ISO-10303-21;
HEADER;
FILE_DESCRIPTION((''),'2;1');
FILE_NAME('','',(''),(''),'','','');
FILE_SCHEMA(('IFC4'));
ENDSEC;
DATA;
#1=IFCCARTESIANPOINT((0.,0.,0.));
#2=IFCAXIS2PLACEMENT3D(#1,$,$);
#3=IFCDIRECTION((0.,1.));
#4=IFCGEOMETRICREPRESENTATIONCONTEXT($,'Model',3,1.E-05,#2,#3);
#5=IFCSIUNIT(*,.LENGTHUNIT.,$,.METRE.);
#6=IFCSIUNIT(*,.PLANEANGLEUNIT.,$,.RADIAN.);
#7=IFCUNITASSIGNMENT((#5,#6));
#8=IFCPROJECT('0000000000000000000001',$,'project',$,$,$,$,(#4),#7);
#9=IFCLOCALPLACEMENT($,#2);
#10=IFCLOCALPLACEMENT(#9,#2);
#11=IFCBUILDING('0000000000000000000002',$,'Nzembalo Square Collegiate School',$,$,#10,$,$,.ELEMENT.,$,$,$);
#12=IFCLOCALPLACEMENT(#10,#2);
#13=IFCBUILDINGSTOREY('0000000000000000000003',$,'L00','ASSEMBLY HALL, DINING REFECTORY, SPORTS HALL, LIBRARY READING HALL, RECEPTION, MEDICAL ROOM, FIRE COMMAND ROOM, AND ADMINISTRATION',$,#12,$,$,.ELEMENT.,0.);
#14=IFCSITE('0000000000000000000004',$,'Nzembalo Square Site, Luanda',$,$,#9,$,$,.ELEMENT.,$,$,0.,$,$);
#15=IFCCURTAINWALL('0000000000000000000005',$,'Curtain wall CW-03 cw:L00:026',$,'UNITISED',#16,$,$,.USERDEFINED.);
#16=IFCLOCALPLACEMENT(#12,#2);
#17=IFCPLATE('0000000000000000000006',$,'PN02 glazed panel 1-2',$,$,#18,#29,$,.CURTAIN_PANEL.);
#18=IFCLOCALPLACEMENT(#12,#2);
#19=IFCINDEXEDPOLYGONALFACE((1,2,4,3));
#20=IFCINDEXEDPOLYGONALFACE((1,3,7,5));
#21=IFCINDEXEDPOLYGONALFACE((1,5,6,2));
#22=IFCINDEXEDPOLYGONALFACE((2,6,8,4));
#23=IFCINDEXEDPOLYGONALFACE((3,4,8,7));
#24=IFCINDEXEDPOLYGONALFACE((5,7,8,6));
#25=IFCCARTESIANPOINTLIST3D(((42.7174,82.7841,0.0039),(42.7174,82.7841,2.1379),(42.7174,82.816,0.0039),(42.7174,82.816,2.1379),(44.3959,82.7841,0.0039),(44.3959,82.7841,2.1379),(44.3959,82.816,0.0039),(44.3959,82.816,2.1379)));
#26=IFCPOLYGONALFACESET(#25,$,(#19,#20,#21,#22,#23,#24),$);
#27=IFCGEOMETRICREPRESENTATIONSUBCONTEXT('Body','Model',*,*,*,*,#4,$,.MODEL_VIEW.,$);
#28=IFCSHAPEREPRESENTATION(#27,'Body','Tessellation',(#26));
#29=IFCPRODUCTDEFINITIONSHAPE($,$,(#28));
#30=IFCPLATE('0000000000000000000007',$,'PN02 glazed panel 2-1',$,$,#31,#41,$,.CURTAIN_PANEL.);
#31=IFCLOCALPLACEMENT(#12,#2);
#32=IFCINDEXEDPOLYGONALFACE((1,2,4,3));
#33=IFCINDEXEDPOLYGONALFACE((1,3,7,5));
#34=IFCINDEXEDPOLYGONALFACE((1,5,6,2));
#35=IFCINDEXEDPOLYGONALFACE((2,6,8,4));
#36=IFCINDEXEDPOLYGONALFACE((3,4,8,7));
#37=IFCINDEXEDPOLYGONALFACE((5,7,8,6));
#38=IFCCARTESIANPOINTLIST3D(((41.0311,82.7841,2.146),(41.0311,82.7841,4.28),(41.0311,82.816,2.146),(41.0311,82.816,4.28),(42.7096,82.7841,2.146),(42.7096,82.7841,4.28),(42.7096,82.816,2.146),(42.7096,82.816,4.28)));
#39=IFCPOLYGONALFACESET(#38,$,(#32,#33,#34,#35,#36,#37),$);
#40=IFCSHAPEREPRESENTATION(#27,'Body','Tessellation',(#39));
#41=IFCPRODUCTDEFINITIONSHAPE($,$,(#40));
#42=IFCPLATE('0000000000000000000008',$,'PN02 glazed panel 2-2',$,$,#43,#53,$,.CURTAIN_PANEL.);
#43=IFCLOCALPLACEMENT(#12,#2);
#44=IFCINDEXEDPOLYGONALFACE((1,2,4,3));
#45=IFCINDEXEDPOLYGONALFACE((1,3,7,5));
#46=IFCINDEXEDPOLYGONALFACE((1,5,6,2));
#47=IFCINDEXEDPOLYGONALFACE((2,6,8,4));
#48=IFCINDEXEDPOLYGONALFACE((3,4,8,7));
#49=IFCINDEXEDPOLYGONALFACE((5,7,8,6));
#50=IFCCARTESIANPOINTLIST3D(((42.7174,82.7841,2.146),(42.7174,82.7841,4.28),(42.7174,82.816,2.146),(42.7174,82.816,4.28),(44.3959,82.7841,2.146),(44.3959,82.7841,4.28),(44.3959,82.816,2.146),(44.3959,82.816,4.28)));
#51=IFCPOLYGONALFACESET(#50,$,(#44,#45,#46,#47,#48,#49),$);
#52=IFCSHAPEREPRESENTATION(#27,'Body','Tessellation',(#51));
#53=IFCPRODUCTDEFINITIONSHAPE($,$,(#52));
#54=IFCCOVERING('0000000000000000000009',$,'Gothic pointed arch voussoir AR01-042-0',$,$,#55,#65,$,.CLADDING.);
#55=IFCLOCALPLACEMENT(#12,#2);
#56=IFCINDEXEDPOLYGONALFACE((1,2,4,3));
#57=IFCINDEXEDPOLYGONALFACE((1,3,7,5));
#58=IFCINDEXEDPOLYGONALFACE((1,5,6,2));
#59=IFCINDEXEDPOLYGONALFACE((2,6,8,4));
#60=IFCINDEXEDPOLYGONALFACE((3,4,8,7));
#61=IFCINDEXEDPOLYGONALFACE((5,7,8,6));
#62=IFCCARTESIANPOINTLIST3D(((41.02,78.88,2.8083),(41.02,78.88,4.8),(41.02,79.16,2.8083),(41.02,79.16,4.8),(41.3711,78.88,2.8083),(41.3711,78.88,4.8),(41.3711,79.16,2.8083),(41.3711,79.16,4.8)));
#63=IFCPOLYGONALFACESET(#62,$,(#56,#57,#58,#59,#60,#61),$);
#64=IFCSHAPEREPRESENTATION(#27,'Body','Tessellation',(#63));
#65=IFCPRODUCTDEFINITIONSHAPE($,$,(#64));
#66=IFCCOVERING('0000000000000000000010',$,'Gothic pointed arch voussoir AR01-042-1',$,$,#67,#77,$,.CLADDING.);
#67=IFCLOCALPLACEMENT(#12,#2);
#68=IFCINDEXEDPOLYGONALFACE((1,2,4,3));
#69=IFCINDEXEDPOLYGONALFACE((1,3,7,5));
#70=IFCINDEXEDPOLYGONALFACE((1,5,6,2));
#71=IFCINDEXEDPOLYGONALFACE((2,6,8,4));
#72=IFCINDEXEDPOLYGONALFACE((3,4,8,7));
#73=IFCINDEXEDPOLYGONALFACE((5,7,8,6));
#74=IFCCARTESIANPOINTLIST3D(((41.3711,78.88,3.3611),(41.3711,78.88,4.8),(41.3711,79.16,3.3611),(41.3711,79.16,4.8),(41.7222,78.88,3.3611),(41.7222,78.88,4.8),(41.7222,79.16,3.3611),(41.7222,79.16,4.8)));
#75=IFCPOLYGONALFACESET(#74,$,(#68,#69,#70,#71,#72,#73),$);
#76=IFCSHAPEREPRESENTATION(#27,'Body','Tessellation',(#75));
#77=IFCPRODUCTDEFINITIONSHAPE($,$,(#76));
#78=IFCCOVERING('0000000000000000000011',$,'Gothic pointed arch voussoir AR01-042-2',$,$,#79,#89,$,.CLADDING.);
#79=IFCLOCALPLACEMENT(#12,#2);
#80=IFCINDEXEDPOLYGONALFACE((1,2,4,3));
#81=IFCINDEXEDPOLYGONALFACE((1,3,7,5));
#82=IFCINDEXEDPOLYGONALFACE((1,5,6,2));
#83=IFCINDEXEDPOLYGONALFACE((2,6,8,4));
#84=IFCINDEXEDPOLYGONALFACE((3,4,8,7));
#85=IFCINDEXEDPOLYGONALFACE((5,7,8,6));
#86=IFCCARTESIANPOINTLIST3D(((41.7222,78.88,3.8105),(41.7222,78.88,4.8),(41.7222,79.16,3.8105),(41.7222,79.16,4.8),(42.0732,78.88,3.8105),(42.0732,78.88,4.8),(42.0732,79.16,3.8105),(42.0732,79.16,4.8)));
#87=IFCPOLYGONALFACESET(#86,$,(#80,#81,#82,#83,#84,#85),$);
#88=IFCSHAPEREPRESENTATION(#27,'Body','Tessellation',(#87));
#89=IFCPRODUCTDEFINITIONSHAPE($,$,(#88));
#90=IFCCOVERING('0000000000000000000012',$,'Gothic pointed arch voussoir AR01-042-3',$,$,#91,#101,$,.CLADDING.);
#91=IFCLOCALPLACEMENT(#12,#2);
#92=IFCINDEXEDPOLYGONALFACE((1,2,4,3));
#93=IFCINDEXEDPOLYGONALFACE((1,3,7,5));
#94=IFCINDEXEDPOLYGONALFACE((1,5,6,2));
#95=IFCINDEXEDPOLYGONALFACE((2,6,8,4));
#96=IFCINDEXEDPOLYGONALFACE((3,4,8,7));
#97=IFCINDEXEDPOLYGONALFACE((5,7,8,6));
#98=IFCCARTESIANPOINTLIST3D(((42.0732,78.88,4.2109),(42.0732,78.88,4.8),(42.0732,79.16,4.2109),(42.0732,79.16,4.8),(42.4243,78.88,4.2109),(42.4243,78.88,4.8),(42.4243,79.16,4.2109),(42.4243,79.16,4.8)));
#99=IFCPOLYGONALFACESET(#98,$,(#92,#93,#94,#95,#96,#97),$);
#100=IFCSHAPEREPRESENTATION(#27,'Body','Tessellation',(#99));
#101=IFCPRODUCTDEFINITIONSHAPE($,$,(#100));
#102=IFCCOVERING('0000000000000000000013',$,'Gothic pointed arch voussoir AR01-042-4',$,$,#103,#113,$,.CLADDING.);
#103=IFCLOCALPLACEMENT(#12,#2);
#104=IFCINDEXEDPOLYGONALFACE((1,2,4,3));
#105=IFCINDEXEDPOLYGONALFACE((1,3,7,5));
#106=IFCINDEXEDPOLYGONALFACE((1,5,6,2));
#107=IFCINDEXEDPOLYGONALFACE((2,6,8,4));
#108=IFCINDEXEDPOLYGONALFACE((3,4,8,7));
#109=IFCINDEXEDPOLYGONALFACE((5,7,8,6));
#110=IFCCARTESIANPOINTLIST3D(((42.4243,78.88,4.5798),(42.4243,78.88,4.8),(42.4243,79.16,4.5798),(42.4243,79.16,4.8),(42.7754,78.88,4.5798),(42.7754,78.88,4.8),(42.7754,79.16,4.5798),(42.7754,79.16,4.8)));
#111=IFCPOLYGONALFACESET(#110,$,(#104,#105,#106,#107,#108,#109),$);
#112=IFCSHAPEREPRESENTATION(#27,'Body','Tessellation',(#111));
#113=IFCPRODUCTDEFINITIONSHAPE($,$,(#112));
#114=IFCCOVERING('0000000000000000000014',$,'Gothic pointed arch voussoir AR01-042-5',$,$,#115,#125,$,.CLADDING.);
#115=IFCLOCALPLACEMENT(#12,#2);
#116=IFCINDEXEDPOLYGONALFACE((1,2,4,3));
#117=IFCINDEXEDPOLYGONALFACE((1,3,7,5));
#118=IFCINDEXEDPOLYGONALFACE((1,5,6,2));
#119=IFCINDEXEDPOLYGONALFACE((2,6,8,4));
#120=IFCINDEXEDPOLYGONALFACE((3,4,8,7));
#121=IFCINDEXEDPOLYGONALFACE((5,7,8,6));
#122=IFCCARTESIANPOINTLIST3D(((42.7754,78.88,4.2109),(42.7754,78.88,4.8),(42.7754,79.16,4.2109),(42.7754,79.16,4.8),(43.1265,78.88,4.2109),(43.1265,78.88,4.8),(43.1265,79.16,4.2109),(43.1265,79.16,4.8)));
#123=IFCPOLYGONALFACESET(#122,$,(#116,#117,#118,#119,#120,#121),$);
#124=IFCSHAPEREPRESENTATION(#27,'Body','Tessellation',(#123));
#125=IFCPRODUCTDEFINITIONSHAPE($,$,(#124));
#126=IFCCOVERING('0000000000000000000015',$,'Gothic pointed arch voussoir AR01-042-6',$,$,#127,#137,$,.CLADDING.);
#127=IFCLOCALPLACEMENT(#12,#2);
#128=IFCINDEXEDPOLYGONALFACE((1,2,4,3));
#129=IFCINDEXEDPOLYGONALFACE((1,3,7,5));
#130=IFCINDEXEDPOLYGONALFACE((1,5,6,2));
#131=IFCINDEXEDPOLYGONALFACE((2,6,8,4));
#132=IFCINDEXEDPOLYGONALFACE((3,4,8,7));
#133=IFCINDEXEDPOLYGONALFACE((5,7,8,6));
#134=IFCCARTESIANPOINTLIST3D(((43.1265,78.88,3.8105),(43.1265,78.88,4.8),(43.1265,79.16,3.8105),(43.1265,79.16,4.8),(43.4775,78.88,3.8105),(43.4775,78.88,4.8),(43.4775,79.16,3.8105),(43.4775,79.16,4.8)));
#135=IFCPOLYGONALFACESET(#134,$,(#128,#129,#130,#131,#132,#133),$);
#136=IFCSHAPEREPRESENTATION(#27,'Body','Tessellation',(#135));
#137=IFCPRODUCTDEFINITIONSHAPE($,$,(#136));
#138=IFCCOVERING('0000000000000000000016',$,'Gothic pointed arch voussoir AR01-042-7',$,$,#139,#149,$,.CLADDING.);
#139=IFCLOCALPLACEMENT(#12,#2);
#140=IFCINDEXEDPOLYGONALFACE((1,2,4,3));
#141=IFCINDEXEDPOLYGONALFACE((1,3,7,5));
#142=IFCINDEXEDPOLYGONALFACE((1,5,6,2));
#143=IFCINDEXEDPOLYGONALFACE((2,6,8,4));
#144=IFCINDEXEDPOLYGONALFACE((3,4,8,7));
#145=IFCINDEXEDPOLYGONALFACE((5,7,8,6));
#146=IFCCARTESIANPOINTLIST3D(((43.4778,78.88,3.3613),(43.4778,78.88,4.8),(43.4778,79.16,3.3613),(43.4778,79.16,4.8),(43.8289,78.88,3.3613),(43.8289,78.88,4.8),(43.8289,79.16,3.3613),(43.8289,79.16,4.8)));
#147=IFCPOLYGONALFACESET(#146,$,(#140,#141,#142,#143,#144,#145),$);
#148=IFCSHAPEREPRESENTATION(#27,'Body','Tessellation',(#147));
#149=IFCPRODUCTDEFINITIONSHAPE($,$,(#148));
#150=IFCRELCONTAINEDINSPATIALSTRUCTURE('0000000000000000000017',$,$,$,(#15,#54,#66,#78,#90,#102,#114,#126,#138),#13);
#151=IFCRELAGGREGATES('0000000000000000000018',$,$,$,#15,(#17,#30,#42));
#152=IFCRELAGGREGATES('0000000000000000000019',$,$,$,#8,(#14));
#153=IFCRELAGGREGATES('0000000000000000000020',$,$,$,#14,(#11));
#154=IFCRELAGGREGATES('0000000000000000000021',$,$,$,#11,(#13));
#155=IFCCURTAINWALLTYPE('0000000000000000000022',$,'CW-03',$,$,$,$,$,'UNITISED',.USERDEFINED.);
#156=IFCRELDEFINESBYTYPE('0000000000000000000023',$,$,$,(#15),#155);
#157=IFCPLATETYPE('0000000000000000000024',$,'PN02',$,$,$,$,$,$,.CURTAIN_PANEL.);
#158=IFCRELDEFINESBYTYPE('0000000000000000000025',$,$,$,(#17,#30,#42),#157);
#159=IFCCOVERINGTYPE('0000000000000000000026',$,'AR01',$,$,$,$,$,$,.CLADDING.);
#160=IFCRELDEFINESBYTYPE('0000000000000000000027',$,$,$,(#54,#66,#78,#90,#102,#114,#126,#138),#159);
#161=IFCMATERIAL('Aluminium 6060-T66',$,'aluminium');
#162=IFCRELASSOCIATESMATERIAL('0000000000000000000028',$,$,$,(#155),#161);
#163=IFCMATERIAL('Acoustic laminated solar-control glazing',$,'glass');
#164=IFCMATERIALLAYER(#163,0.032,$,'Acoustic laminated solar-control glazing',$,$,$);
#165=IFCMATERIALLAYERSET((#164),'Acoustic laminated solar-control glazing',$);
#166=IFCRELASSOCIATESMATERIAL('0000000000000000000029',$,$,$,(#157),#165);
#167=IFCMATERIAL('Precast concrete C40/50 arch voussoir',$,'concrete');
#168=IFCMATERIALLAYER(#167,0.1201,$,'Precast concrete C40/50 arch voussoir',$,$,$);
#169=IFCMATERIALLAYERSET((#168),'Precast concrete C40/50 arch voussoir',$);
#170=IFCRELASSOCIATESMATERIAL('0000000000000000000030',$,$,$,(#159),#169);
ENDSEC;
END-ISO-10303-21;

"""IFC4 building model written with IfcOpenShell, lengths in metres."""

from ifc_helpers import new_model, si_unit, direction, frame, origin, origin_2d, place, context, subcontext, project, spatial, rectangle, extrude, material, layer, layer_set, type_object, element, aggregate, save


model = new_model("IFC4")

# Units and contexts
model_context = context("Model", 3, precision=1e-05, world=origin(), true_north=direction((0.0, 1.0)))
body_context = subcontext(model_context, "Body", "Model", "MODEL_VIEW")
ifc_project = project(units=[si_unit("LENGTHUNIT", "METRE"), si_unit("PLANEANGLEUNIT", "RADIAN")], contexts=[model_context])

# Site, building, storey
site_placement = place(None, origin())
site = spatial("IfcSite", under=ifc_project, at=site_placement, Name="Nzembalo Square Site, Luanda", CompositionType="ELEMENT", RefElevation=0.0)
building_placement = place(site_placement, origin())
building = spatial("IfcBuilding", under=site, at=building_placement, Name="Nzembalo Square Collegiate School", CompositionType="ELEMENT")
storey_placement = place(building_placement, origin())
storey = spatial("IfcBuildingStorey", under=building, at=storey_placement, Name="L00", Description="ASSEMBLY HALL, DINING REFECTORY, SPORTS HALL, LIBRARY READING HALL, RECEPTION, MEDICAL ROOM, FIRE COMMAND ROOM, AND ADMINISTRATION", CompositionType="ELEMENT", Elevation=0.0)

# Curtain wall, plates
ifc_material_1 = material(Name="Aluminium 6060-T66", Category="aluminium")
curtain_wall_type = type_object("IfcCurtainWallType", Name="CW-03", ElementType="UNITISED", PredefinedType="USERDEFINED", material=ifc_material_1)
curtain_wall_placement = place(storey_placement, origin())
curtain_wall = element("IfcCurtainWall", 1, at=curtain_wall_placement, inside=storey, type_object=curtain_wall_type, Name="Curtain wall CW-03 cw:L00:026", ObjectType="UNITISED", PredefinedType="USERDEFINED")
ifc_material_2 = material(Name="Acoustic laminated solar-control glazing", Category="glass")
ifc_layer_1 = layer(ifc_material_2, 0.032, Name="Acoustic laminated solar-control glazing")
ifc_layer_set_1 = layer_set([ifc_layer_1], Name="Acoustic laminated solar-control glazing")
plate_type = type_object("IfcPlateType", Name="PN02", PredefinedType="CURTAIN_PANEL", material=ifc_layer_set_1)
plate_1_placement = place(storey_placement, frame((43.5566, 82.8, 0.0039), z_axis=(0.0, 0.0, 1.0), x_axis=(1.0, 0.0, 0.0)))
plate_1 = element("IfcPlate", 2, at=plate_1_placement, type_object=plate_type, Name="PN02 glazed panel 1-2", PredefinedType="CURTAIN_PANEL", context=body_context, shape_type="SweptSolid", body=[
    extrude(rectangle(XDim=1.6785, YDim=0.032, at=origin_2d()), origin(), (0.0, 0.0, 1.0), 2.134),
])
plate_2_placement = place(storey_placement, frame((41.8704, 82.8, 2.146), z_axis=(0.0, 0.0, 1.0), x_axis=(1.0, 0.0, 0.0)))
plate_2 = element("IfcPlate", 3, at=plate_2_placement, type_object=plate_type, Name="PN02 glazed panel 2-1", PredefinedType="CURTAIN_PANEL", context=body_context, shape_type="SweptSolid", body=[
    extrude(rectangle(XDim=1.6785, YDim=0.032, at=origin_2d()), origin(), (0.0, 0.0, 1.0), 2.134),
])
plate_3_placement = place(storey_placement, frame((43.5566, 82.8, 2.146), z_axis=(0.0, 0.0, 1.0), x_axis=(1.0, 0.0, 0.0)))
plate_3 = element("IfcPlate", 4, at=plate_3_placement, type_object=plate_type, Name="PN02 glazed panel 2-2", PredefinedType="CURTAIN_PANEL", context=body_context, shape_type="SweptSolid", body=[
    extrude(rectangle(XDim=1.6785, YDim=0.032, at=origin_2d()), origin(), (0.0, 0.0, 1.0), 2.134),
])
aggregate(curtain_wall, [plate_1, plate_2, plate_3])

# Coverings
ifc_material_3 = material(Name="Precast concrete C40/50 arch voussoir", Category="concrete")
ifc_layer_2 = layer(ifc_material_3, 0.1201, Name="Precast concrete C40/50 arch voussoir")
ifc_layer_set_2 = layer_set([ifc_layer_2], Name="Precast concrete C40/50 arch voussoir")
covering_type = type_object("IfcCoveringType", Name="AR01", PredefinedType="CLADDING", material=ifc_layer_set_2)
covering_1_placement = place(storey_placement, frame((41.1956, 79.02, 2.8083), z_axis=(0.0, 0.0, 1.0), x_axis=(1.0, 0.0, 0.0)))
element("IfcCovering", 5, at=covering_1_placement, inside=storey, type_object=covering_type, Name="Gothic pointed arch voussoir AR01-042-0", PredefinedType="CLADDING", context=body_context, shape_type="SweptSolid", body=[
    extrude(rectangle(XDim=0.3511, YDim=0.28, at=origin_2d()), origin(), (0.0, 0.0, 1.0), 1.9917),
])
covering_2_placement = place(storey_placement, frame((41.5466, 79.02, 3.3611), z_axis=(0.0, 0.0, 1.0), x_axis=(1.0, 0.0, 0.0)))
element("IfcCovering", 6, at=covering_2_placement, inside=storey, type_object=covering_type, Name="Gothic pointed arch voussoir AR01-042-1", PredefinedType="CLADDING", context=body_context, shape_type="SweptSolid", body=[
    extrude(rectangle(XDim=0.3511, YDim=0.28, at=origin_2d()), origin(), (0.0, 0.0, 1.0), 1.439),
])
covering_3_placement = place(storey_placement, frame((41.8977, 79.02, 3.8105), z_axis=(0.0, 0.0, 1.0), x_axis=(1.0, 0.0, 0.0)))
element("IfcCovering", 7, at=covering_3_placement, inside=storey, type_object=covering_type, Name="Gothic pointed arch voussoir AR01-042-2", PredefinedType="CLADDING", context=body_context, shape_type="SweptSolid", body=[
    extrude(rectangle(XDim=0.3511, YDim=0.28, at=origin_2d()), origin(), (0.0, 0.0, 1.0), 0.9895),
])
covering_4_placement = place(storey_placement, frame((42.2488, 79.02, 4.2109), z_axis=(0.0, 0.0, 1.0), x_axis=(1.0, 0.0, 0.0)))
element("IfcCovering", 8, at=covering_4_placement, inside=storey, type_object=covering_type, Name="Gothic pointed arch voussoir AR01-042-3", PredefinedType="CLADDING", context=body_context, shape_type="SweptSolid", body=[
    extrude(rectangle(XDim=0.3511, YDim=0.28, at=origin_2d()), origin(), (0.0, 0.0, 1.0), 0.5891),
])
covering_5_placement = place(storey_placement, frame((42.5999, 79.02, 4.5798), z_axis=(0.0, 0.0, 1.0), x_axis=(1.0, 0.0, 0.0)))
element("IfcCovering", 9, at=covering_5_placement, inside=storey, type_object=covering_type, Name="Gothic pointed arch voussoir AR01-042-4", PredefinedType="CLADDING", context=body_context, shape_type="SweptSolid", body=[
    extrude(rectangle(XDim=0.3511, YDim=0.28, at=origin_2d()), origin(), (0.0, 0.0, 1.0), 0.2202),
])
covering_6_placement = place(storey_placement, frame((42.9509, 79.02, 4.2109), z_axis=(0.0, 0.0, 1.0), x_axis=(1.0, 0.0, 0.0)))
element("IfcCovering", 10, at=covering_6_placement, inside=storey, type_object=covering_type, Name="Gothic pointed arch voussoir AR01-042-5", PredefinedType="CLADDING", context=body_context, shape_type="SweptSolid", body=[
    extrude(rectangle(XDim=0.3511, YDim=0.28, at=origin_2d()), origin(), (0.0, 0.0, 1.0), 0.5891),
])
covering_7_placement = place(storey_placement, frame((43.302, 79.02, 3.8105), z_axis=(0.0, 0.0, 1.0), x_axis=(1.0, 0.0, 0.0)))
element("IfcCovering", 11, at=covering_7_placement, inside=storey, type_object=covering_type, Name="Gothic pointed arch voussoir AR01-042-6", PredefinedType="CLADDING", context=body_context, shape_type="SweptSolid", body=[
    extrude(rectangle(XDim=0.3511, YDim=0.28, at=origin_2d()), origin(), (0.0, 0.0, 1.0), 0.9895),
])
covering_8_placement = place(storey_placement, frame((43.6533, 79.02, 3.3613), z_axis=(0.0, 0.0, 1.0), x_axis=(1.0, 0.0, 0.0)))
element("IfcCovering", 12, at=covering_8_placement, inside=storey, type_object=covering_type, Name="Gothic pointed arch voussoir AR01-042-7", PredefinedType="CLADDING", context=body_context, shape_type="SweptSolid", body=[
    extrude(rectangle(XDim=0.3511, YDim=0.28, at=origin_2d()), origin(), (0.0, 0.0, 1.0), 1.4387),
])

save(model, "model.ifc")
